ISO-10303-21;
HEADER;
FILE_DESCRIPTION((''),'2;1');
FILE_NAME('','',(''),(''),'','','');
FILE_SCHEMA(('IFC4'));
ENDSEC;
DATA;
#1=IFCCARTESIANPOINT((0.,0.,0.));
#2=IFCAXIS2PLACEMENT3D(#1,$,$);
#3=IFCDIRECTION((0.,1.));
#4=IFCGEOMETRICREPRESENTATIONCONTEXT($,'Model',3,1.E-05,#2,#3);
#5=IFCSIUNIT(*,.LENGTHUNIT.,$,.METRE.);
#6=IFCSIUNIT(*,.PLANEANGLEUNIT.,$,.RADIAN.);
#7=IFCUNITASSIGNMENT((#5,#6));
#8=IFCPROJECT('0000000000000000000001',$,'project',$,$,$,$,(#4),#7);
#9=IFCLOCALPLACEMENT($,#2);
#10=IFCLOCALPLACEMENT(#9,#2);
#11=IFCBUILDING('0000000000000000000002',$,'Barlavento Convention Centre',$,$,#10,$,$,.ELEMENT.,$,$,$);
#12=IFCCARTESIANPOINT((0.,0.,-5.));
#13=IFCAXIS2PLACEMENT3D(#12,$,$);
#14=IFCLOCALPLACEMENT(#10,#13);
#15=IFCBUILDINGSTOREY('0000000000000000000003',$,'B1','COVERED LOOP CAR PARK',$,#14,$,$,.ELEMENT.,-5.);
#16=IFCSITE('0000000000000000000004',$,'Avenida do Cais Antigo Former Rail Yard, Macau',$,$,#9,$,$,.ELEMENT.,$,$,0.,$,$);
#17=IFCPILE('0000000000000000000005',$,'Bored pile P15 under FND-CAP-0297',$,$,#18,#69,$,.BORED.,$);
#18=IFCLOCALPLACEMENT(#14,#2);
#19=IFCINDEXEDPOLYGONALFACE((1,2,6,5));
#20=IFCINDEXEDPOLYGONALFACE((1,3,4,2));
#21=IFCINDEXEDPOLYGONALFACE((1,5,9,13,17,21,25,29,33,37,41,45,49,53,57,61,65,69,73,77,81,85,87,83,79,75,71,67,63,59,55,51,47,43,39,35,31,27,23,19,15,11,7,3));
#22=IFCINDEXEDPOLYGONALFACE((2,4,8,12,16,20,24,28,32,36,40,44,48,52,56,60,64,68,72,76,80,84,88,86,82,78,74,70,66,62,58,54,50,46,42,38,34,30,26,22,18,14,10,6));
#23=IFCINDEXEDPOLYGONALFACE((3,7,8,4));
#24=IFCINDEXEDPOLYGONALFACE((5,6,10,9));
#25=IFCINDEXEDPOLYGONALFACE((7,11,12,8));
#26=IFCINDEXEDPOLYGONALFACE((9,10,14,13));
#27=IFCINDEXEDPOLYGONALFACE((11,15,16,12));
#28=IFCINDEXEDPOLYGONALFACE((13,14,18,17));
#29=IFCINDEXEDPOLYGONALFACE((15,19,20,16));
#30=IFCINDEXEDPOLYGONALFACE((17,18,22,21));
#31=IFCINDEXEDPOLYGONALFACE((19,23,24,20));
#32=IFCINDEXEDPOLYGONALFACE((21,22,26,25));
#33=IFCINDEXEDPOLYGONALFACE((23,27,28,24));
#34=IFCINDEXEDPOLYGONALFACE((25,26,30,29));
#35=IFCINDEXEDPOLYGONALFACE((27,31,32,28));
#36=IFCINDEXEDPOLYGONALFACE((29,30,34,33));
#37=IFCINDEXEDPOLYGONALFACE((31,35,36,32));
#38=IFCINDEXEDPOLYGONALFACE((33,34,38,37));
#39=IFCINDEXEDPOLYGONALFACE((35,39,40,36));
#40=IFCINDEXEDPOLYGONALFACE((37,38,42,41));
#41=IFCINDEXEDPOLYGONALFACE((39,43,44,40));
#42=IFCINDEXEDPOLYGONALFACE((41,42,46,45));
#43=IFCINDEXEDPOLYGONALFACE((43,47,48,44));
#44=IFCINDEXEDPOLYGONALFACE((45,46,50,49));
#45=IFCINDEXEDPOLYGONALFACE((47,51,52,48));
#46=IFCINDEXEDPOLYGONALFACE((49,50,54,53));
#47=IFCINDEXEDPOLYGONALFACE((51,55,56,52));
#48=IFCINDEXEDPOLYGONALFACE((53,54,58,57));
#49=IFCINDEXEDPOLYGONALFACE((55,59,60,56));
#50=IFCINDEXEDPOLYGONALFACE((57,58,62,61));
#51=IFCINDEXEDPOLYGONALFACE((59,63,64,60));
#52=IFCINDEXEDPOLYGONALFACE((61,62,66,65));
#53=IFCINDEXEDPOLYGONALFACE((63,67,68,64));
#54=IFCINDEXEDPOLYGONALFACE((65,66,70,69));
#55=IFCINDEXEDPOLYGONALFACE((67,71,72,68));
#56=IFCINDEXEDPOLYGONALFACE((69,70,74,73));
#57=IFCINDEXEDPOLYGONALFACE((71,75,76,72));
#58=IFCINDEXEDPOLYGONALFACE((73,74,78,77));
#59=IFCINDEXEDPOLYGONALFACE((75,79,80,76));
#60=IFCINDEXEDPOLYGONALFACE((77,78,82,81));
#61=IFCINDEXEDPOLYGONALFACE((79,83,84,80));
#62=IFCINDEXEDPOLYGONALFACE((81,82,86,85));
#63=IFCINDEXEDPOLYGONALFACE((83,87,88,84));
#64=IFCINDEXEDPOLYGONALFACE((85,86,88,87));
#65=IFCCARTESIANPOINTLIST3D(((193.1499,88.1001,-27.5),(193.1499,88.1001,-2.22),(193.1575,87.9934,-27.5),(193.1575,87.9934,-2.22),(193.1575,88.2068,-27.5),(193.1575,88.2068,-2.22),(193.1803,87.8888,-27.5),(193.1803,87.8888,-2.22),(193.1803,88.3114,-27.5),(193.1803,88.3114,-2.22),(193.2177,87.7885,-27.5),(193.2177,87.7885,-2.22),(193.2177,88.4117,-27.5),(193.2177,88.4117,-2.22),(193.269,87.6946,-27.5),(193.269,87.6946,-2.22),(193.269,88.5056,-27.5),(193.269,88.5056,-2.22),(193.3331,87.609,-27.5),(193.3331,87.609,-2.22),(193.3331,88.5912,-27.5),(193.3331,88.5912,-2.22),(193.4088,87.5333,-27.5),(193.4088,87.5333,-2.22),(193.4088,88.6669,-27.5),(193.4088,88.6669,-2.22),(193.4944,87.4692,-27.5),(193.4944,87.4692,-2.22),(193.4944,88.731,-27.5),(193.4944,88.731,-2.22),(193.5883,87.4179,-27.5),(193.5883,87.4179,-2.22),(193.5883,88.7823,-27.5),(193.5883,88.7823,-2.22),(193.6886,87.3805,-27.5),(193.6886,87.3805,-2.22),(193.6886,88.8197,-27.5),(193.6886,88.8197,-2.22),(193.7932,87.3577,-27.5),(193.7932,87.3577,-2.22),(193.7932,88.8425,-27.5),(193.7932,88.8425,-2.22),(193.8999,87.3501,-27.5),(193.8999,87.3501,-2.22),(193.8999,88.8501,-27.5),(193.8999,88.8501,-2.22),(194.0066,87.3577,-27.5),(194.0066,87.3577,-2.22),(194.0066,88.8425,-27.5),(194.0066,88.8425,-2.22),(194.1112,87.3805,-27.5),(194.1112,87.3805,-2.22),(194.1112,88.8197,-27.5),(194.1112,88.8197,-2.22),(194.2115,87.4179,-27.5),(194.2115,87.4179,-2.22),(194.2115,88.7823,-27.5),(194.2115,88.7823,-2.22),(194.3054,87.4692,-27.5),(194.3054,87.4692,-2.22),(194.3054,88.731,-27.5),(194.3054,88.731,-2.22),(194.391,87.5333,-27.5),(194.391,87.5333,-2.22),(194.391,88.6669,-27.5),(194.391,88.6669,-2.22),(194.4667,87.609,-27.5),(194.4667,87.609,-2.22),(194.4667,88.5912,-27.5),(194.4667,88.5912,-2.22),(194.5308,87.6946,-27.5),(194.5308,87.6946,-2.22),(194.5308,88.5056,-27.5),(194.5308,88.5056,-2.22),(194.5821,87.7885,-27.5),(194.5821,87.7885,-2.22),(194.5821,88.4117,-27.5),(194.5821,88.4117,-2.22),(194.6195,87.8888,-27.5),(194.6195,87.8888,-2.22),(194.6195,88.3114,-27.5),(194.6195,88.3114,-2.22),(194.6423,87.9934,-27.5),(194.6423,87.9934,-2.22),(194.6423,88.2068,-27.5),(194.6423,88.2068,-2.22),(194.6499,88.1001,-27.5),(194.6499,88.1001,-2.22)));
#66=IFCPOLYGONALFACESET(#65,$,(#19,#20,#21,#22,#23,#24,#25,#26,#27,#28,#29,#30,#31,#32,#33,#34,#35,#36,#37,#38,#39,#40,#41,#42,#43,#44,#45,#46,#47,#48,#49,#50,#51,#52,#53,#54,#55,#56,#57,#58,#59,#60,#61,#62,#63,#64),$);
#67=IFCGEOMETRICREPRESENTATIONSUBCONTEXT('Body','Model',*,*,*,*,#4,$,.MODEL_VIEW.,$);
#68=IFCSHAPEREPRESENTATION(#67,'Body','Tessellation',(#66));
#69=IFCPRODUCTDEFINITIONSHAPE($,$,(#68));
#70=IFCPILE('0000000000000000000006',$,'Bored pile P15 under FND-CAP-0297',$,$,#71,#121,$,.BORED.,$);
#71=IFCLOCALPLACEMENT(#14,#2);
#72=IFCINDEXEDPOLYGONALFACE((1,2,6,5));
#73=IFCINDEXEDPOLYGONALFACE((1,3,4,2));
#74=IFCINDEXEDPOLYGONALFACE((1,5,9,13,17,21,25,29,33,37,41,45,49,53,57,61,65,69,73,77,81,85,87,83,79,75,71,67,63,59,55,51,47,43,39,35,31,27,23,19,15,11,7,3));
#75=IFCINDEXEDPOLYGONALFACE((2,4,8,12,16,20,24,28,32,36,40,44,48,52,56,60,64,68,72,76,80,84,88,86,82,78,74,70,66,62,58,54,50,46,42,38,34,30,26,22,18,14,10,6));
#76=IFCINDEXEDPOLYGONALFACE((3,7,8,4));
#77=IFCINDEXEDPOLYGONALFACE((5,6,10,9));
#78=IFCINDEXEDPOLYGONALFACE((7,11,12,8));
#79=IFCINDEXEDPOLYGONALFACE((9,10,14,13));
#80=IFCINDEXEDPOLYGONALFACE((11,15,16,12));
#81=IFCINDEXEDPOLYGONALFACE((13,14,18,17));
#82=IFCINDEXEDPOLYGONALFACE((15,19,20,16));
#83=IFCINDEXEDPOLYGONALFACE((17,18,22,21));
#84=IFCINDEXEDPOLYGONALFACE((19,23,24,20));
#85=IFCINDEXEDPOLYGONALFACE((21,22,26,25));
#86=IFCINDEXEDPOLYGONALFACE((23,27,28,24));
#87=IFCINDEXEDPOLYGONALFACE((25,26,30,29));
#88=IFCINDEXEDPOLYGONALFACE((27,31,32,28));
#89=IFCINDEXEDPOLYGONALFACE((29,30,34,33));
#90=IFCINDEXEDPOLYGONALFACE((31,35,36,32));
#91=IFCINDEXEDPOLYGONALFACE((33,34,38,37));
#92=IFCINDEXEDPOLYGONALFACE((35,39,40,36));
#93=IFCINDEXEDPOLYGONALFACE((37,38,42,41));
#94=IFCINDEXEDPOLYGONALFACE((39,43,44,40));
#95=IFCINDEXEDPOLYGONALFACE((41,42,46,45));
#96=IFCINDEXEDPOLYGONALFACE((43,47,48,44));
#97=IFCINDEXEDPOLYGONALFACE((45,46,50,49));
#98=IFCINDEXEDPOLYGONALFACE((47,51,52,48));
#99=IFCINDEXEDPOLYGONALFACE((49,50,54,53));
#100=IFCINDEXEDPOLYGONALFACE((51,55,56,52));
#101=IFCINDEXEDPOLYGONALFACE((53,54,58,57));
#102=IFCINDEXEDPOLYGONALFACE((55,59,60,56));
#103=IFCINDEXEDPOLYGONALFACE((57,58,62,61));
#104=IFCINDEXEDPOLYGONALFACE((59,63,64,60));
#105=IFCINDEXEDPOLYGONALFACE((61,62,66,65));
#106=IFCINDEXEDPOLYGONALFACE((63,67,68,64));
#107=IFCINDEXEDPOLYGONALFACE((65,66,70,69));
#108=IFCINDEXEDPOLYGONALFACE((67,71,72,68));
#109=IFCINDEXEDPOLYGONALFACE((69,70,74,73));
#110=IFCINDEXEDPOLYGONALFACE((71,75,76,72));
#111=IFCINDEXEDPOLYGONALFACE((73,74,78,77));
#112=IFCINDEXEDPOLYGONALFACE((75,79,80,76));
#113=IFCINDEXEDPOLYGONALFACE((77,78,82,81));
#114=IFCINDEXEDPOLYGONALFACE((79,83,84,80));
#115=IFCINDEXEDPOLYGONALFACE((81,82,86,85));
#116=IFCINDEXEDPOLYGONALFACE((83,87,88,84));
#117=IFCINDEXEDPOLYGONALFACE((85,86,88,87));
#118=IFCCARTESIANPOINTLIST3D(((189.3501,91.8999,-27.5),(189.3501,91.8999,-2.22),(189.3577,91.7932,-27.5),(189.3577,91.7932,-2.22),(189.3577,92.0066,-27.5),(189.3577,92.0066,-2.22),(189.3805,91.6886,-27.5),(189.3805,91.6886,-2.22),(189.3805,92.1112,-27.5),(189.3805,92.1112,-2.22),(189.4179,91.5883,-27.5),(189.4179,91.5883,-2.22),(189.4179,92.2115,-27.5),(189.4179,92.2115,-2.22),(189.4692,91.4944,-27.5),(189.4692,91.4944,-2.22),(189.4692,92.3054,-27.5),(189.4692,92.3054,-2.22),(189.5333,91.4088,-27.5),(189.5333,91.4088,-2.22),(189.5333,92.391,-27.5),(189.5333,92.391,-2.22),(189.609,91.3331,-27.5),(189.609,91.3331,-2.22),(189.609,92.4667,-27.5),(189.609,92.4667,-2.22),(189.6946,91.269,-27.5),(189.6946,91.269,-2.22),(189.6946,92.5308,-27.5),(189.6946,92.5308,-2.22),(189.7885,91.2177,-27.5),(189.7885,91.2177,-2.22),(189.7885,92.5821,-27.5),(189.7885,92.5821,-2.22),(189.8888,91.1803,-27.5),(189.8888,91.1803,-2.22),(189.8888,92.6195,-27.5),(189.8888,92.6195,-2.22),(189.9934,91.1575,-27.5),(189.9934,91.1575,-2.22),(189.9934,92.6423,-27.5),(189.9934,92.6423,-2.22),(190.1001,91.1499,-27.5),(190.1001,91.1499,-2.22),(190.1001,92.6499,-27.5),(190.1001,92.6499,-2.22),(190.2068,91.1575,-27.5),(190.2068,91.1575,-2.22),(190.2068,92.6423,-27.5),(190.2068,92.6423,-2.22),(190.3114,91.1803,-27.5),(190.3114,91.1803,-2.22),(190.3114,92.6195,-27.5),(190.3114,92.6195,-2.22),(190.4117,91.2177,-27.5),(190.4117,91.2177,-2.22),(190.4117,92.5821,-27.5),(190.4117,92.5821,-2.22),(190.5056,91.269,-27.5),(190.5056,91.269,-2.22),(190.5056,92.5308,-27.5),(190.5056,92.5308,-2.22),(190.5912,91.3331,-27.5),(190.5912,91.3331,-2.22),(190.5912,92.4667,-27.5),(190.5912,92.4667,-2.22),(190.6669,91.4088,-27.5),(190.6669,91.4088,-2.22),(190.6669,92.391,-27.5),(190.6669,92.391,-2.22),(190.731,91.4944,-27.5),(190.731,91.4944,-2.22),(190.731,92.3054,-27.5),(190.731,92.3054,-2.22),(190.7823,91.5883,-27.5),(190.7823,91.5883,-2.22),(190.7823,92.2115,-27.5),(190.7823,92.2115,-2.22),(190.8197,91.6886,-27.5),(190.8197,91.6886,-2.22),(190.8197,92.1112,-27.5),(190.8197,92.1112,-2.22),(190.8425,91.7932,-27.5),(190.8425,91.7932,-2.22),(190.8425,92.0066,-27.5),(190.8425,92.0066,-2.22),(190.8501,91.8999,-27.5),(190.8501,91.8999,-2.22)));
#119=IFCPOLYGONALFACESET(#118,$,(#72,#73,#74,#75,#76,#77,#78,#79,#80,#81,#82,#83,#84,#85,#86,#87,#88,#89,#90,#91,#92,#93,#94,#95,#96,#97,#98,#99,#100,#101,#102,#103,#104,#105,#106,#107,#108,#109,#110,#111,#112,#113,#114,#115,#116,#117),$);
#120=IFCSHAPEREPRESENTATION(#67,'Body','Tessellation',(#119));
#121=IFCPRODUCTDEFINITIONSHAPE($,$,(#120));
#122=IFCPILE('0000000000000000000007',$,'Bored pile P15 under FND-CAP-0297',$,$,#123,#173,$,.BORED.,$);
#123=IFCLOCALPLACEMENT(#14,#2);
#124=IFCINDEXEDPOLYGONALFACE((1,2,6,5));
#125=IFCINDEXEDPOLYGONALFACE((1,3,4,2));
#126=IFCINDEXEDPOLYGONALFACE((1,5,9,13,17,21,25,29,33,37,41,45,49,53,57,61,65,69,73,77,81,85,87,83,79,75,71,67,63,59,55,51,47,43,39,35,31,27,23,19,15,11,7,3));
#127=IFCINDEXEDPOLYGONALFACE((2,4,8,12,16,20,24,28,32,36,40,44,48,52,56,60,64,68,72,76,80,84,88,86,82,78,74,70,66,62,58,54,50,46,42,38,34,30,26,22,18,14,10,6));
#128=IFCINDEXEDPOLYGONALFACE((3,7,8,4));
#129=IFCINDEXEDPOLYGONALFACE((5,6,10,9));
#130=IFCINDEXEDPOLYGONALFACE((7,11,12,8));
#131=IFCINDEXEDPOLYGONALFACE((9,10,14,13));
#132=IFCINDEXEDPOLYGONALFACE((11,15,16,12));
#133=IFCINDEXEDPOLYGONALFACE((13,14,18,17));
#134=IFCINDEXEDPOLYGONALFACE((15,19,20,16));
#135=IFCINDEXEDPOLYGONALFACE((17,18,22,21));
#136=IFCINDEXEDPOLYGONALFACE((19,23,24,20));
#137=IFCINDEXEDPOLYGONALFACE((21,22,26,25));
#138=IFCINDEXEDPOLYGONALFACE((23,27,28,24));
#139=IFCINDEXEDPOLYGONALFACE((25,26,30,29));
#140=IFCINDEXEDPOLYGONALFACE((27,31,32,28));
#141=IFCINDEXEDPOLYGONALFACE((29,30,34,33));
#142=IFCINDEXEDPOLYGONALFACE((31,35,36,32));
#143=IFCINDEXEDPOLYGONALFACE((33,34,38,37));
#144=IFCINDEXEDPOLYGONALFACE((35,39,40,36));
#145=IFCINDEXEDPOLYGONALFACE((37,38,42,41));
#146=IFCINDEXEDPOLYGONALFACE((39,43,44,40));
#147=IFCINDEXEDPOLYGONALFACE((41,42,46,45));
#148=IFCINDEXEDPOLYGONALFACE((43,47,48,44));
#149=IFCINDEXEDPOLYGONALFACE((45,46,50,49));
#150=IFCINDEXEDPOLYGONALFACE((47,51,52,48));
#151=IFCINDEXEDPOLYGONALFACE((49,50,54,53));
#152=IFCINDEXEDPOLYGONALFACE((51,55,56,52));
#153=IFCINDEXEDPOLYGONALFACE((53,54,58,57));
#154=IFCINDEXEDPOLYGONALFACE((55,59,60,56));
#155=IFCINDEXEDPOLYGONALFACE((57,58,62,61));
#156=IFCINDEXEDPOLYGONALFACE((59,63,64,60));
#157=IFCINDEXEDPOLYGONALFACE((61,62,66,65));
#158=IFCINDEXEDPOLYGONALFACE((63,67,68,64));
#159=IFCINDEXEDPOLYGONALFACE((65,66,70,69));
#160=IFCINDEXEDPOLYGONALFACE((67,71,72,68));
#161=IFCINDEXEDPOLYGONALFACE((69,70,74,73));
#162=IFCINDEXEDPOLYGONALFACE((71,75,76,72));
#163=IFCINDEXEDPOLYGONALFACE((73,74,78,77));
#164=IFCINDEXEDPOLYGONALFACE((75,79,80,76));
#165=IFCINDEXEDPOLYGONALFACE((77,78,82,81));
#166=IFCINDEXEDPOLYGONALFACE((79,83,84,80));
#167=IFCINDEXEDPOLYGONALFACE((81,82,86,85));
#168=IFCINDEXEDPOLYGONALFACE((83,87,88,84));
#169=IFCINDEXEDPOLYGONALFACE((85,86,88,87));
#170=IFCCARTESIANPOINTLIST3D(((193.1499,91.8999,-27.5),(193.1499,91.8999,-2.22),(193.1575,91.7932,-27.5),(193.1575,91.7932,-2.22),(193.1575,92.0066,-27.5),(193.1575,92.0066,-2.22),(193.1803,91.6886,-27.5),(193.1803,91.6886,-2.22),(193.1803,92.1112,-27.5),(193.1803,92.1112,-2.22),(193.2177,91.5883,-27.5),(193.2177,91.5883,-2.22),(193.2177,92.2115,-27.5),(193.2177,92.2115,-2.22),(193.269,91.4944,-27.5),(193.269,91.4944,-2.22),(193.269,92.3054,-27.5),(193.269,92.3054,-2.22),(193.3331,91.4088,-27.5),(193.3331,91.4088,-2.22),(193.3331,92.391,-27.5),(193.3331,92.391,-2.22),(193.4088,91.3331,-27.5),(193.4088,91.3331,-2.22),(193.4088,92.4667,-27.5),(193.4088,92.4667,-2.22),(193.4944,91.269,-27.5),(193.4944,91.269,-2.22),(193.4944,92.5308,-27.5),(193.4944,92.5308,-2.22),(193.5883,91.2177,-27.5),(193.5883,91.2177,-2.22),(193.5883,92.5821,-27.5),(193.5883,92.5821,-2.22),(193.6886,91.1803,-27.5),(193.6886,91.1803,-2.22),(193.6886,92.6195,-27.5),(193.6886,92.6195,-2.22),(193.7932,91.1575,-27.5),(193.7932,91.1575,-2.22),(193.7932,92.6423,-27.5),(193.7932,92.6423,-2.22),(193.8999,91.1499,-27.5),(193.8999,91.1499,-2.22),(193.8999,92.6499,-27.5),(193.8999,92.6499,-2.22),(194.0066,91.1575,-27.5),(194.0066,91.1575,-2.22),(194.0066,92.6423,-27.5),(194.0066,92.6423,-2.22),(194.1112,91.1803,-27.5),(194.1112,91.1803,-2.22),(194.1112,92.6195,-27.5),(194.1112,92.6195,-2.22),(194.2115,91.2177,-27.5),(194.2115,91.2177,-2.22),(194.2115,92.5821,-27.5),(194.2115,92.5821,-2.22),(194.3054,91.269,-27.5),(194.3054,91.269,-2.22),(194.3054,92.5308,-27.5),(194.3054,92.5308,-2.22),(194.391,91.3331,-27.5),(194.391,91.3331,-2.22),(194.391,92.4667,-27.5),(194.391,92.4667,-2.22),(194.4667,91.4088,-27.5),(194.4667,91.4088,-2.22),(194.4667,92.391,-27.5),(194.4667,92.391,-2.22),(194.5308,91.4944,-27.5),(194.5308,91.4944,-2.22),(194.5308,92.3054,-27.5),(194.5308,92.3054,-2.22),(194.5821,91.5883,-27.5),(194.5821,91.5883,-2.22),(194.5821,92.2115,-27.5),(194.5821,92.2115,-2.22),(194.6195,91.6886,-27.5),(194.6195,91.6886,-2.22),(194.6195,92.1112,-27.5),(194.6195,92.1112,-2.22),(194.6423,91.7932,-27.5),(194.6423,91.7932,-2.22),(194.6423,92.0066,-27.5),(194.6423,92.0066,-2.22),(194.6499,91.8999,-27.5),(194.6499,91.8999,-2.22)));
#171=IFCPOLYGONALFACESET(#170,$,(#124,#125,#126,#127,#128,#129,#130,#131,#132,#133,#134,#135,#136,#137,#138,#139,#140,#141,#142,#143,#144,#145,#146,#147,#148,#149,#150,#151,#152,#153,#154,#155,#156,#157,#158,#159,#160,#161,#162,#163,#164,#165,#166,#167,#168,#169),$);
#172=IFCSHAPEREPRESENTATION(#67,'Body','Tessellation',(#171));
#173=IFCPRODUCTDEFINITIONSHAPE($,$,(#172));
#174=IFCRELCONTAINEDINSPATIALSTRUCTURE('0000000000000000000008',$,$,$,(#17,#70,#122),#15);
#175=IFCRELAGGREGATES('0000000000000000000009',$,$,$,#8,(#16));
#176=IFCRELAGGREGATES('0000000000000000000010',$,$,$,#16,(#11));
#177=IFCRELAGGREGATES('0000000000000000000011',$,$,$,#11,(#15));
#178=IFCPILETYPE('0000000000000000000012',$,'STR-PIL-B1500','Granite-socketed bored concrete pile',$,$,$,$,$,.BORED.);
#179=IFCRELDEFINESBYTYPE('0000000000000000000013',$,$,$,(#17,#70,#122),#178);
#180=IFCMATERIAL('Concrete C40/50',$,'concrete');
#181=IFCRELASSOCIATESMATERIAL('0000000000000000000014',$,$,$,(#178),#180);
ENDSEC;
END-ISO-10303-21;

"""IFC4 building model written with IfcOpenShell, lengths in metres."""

from ifc_helpers import new_model, si_unit, direction, frame, origin, origin_2d, place, context, subcontext, project, spatial, circle, extrude, material, material_profile, profile_set, type_object, element, save


model = new_model("IFC4")

# Units and contexts
model_context = context("Model", 3, precision=1e-05, world=origin(), true_north=direction((0.0, 1.0)))
body_context = subcontext(model_context, "Body", "Model", "MODEL_VIEW")
ifc_project = project(units=[si_unit("LENGTHUNIT", "METRE"), si_unit("PLANEANGLEUNIT", "RADIAN")], contexts=[model_context])

# Site, building, storey
site_placement = place(None, origin())
site = spatial("IfcSite", under=ifc_project, at=site_placement, Name="Avenida do Cais Antigo Former Rail Yard, Macau", CompositionType="ELEMENT", RefElevation=0.0)
building_placement = place(site_placement, origin())
building = spatial("IfcBuilding", under=site, at=building_placement, Name="Barlavento Convention Centre", CompositionType="ELEMENT")
storey_placement = place(building_placement, frame((0.0, 0.0, -5.0)))
storey = spatial("IfcBuildingStorey", under=building, at=storey_placement, Name="B1", Description="COVERED LOOP CAR PARK", CompositionType="ELEMENT", Elevation=-5.0)

# Shared definitions
ifc_material_1 = material(Name="Concrete C40/50", Category="concrete")

# Piles
ifc_material_profile_1 = material_profile(ifc_material_1, circle(Radius=0.75, at=origin_2d()), Name="BORED PILE 1500")
ifc_profile_set_1 = profile_set([ifc_material_profile_1], Name="Concrete C40/50")
pile_type_1 = type_object("IfcPileType", Name="STR-PIL-B1500", Description="Granite-socketed bored concrete pile", PredefinedType="BORED", material=ifc_profile_set_1)
for number, where, z_axis, x_axis, name in (
    (1, (193.8999, 88.1001, -2.22), (0.0, 0.0, -1.0), (1.0, 0.0, 0.0), "Bored pile P15 under FND-CAP-0297"),
    (2, (190.1001, 91.8999, -2.22), (0.0, 0.0, -1.0), (1.0, 0.0, 0.0), "Bored pile P15 under FND-CAP-0297"),
    (3, (193.8999, 91.8999, -2.22), (0.0, 0.0, -1.0), (1.0, 0.0, 0.0), "Bored pile P15 under FND-CAP-0297"),
):
    element("IfcPile", number, at=place(storey_placement, frame(where, z_axis=z_axis, x_axis=x_axis)), inside=storey, type_object=pile_type_1, Name=name, PredefinedType="BORED", context=body_context, shape_type="SweptSolid", body=[
        extrude(circle(Radius=0.75, at=origin_2d()), origin(), (0.0, 0.0, 1.0), 25.28),
    ])

save(model, "model.ifc")
